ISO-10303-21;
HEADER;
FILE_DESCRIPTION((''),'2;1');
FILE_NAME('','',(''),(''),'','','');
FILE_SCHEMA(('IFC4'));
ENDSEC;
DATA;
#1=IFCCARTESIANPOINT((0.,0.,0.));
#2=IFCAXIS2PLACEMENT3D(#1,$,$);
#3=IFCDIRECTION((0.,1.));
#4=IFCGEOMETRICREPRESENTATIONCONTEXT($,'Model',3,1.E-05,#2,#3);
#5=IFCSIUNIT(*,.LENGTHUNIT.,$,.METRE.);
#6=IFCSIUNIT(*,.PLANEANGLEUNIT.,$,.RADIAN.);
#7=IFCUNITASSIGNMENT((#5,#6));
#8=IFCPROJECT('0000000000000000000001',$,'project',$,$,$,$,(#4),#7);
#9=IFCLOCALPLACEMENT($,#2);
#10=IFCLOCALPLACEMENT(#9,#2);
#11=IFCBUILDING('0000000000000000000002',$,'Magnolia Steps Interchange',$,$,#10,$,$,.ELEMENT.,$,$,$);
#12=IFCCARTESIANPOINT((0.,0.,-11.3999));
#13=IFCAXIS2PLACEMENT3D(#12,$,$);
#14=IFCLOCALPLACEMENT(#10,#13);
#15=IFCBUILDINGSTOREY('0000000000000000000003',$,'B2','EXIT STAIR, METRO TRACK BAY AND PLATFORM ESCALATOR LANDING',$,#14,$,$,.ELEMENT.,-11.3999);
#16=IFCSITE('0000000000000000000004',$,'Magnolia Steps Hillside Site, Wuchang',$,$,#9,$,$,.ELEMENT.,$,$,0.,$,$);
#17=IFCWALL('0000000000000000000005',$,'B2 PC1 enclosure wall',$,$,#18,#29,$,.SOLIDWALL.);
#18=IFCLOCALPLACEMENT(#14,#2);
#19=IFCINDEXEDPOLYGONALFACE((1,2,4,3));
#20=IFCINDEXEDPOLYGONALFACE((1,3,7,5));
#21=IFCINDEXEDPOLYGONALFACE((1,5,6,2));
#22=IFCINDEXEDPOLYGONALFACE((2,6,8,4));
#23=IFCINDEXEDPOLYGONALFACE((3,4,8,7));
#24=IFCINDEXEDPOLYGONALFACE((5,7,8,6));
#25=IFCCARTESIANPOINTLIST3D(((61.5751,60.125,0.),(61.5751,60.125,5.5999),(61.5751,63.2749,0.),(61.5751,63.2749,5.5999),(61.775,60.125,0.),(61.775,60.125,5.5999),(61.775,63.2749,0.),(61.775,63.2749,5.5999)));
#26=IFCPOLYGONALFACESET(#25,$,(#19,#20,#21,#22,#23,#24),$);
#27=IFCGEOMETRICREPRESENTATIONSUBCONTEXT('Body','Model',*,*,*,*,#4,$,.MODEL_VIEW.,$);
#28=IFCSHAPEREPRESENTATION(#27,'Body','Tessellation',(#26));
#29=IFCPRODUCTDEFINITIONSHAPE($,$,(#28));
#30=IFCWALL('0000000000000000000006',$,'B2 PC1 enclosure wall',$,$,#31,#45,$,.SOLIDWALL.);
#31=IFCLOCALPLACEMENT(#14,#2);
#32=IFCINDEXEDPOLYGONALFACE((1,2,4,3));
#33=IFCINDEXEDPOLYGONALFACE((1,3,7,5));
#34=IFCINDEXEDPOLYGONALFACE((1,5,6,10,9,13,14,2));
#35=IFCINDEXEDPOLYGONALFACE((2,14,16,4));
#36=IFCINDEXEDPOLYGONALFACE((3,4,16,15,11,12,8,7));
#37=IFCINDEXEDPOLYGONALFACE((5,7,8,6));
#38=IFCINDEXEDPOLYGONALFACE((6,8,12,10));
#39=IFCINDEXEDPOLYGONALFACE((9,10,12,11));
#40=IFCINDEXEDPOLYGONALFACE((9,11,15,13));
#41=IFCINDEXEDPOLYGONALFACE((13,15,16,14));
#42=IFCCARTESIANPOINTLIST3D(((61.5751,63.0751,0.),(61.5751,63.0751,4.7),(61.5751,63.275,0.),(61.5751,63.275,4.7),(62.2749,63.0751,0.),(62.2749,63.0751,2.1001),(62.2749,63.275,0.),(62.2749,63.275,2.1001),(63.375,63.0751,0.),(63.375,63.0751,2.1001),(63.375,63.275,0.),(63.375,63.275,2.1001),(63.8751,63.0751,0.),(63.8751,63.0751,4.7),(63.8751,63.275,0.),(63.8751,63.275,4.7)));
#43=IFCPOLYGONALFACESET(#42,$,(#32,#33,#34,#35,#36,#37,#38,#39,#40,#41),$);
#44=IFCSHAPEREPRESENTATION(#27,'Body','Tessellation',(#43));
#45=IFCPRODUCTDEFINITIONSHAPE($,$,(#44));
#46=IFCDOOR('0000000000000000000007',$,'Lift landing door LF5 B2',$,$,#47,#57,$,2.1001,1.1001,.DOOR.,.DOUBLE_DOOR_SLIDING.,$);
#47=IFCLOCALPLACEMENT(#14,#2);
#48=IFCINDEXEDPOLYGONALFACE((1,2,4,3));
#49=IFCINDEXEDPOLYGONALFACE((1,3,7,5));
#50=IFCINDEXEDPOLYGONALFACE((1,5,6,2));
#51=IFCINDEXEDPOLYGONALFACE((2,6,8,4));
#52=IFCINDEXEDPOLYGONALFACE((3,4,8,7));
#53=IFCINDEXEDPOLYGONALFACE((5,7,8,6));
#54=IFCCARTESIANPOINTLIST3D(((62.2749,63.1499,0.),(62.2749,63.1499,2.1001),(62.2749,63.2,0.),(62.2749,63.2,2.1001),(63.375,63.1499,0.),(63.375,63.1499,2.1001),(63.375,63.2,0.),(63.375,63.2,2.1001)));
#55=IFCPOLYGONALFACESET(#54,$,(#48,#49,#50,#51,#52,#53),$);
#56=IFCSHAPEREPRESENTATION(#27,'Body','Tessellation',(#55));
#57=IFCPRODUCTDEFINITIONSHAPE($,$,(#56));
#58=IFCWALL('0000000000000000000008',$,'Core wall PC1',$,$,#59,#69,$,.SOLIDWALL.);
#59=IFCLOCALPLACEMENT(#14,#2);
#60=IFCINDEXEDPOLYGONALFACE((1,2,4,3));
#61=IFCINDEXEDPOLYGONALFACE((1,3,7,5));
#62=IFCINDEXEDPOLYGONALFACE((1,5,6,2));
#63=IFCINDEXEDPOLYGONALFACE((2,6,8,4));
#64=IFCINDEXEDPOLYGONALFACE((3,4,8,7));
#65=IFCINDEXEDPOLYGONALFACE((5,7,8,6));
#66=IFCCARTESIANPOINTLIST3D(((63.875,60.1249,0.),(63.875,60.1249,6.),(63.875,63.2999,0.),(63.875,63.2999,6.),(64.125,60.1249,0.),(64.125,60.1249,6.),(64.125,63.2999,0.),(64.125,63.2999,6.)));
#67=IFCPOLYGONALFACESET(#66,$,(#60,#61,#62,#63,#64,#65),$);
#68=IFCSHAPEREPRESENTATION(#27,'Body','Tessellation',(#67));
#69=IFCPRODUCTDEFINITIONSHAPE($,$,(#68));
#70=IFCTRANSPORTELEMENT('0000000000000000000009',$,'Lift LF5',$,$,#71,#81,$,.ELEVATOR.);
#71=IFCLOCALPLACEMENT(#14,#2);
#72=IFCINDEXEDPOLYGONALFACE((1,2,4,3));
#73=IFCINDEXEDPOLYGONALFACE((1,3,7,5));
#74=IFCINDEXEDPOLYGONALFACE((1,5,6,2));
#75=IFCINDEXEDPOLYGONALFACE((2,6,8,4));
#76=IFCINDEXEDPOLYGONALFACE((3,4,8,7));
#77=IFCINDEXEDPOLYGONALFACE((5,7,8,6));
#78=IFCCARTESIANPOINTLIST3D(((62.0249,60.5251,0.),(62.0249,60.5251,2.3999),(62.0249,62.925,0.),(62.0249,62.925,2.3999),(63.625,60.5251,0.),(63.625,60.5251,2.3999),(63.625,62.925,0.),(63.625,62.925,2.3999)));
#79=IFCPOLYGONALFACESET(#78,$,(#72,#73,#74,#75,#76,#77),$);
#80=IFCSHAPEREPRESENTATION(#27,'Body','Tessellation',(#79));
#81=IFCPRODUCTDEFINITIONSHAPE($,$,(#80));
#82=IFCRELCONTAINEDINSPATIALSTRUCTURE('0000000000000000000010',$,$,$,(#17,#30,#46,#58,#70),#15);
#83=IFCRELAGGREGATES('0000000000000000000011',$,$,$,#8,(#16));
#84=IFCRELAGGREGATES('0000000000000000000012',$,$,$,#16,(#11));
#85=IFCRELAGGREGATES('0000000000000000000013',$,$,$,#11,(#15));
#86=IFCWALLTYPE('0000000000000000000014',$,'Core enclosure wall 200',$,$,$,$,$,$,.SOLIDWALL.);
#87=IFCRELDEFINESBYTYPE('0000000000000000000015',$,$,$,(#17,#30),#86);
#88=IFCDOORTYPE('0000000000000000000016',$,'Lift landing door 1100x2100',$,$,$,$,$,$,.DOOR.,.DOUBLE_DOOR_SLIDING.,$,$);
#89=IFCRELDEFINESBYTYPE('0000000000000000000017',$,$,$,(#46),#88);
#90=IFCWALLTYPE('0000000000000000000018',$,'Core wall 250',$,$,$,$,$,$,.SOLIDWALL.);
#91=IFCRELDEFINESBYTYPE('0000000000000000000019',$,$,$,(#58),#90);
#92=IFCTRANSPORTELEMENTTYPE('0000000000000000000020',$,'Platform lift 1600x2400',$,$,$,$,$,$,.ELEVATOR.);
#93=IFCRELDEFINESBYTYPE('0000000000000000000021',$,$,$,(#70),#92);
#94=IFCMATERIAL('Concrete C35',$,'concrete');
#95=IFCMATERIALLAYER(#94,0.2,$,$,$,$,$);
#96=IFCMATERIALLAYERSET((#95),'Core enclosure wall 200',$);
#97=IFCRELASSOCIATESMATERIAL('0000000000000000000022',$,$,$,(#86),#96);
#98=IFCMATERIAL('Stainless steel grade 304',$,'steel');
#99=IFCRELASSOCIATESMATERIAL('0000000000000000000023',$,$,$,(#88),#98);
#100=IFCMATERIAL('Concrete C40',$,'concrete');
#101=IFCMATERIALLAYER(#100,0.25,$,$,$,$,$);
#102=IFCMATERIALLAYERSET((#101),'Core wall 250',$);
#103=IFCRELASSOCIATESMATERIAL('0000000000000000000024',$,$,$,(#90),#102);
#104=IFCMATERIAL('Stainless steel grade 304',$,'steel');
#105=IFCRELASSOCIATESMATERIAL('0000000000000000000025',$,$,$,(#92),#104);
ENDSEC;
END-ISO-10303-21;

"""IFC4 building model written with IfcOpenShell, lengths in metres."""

from ifc_helpers import new_model, si_unit, direction, frame, frame_2d, origin, origin_2d, place, context, subcontext, project, spatial, rectangle, extrude, material, layer, layer_set, type_object, element, fill, save


model = new_model("IFC4")

# Units and contexts
model_context = context("Model", 3, precision=1e-05, world=origin(), true_north=direction((0.0, 1.0)))
body_context = subcontext(model_context, "Body", "Model", "MODEL_VIEW")
ifc_project = project(units=[si_unit("LENGTHUNIT", "METRE"), si_unit("PLANEANGLEUNIT", "RADIAN")], contexts=[model_context])

# Site, building, storey
site_placement = place(None, origin())
site = spatial("IfcSite", under=ifc_project, at=site_placement, Name="Magnolia Steps Hillside Site, Wuchang", CompositionType="ELEMENT", RefElevation=0.0)
building_placement = place(site_placement, origin())
building = spatial("IfcBuilding", under=site, at=building_placement, Name="Magnolia Steps Interchange", CompositionType="ELEMENT")
storey_placement = place(building_placement, frame((0.0, 0.0, -11.3999)))
storey = spatial("IfcBuildingStorey", under=building, at=storey_placement, Name="B2", Description="EXIT STAIR, METRO TRACK BAY AND PLATFORM ESCALATOR LANDING", CompositionType="ELEMENT", Elevation=-11.3999)

# Wall
ifc_material_1 = material(Name="Concrete C35", Category="concrete")
ifc_layer_1 = layer(ifc_material_1, 0.2)
ifc_layer_set_1 = layer_set([ifc_layer_1], Name="Core enclosure wall 200")
wall_type_1 = type_object("IfcWallType", Name="Core enclosure wall 200", PredefinedType="SOLIDWALL", material=ifc_layer_set_1)
wall_1_placement = place(storey_placement, frame((61.675, 60.125, 0.0), z_axis=(0.0, 0.0, 1.0), x_axis=(0.0, 1.0, 0.0)))
element("IfcWall", 1, at=wall_1_placement, inside=storey, type_object=wall_type_1, Name="B2 PC1 enclosure wall", PredefinedType="SOLIDWALL", context=body_context, shape_type="SweptSolid", body=[
    extrude(rectangle(XDim=3.1499, YDim=0.2, at=frame_2d((1.575, 0.0))), origin(), (0.0, 0.0, 1.0), 5.5999),
])

# Wall, opening, door
wall_2_placement = place(storey_placement, frame((63.875, 63.175, 0.0), z_axis=(0.0, 0.0, 1.0), x_axis=(-1.0, 0.0, 0.0)))
wall_2 = element("IfcWall", 2, at=wall_2_placement, inside=storey, type_object=wall_type_1, Name="B2 PC1 enclosure wall", PredefinedType="SOLIDWALL", context=body_context, shape_type="SweptSolid", body=[
    extrude(rectangle(XDim=2.3, YDim=0.2, at=frame_2d((1.1499, 0.0))), origin(), (0.0, 0.0, 1.0), 4.7),
])
opening_placement = place(wall_2_placement, frame((0.5, 0.0, 0.0)))
opening = element("IfcOpeningElement", 3, at=opening_placement, cuts=wall_2, PredefinedType="OPENING", context=body_context, shape_type="SweptSolid", body=[
    extrude(rectangle(XDim=1.1001, YDim=2.1001, at=frame_2d((0.55, 1.05))), frame((0.0, 0.1099, 0.0), z_axis=(0.0, -1.0, 0.0), x_axis=(1.0, 0.0, 0.0)), (0.0, 0.0, 1.0), 0.22),
])
ifc_material_2 = material(Name="Stainless steel grade 304", Category="steel")
door_type = type_object("IfcDoorType", Name="Lift landing door 1100x2100", OperationType="DOUBLE_DOOR_SLIDING", PredefinedType="DOOR", material=ifc_material_2)
door_placement = place(opening_placement, frame((1.1001, 0.0, 0.0), z_axis=(0.0, 0.0, 1.0), x_axis=(-1.0, 0.0, 0.0)))
door = element("IfcDoor", 4, at=door_placement, inside=storey, type_object=door_type, Name="Lift landing door LF5 B2", OperationType="DOUBLE_DOOR_SLIDING", OverallHeight=2.1001, OverallWidth=1.1001, PredefinedType="DOOR", context=body_context, shape_type="SweptSolid", body=[
    extrude(rectangle(XDim=1.1001, YDim=2.1001, at=frame_2d((0.55, 1.05))), frame((0.0, 0.0249, 0.0), z_axis=(0.0, -1.0, 0.0), x_axis=(1.0, 0.0, 0.0)), (0.0, 0.0, 1.0), 0.05),
])
fill(opening, door)

# Wall
ifc_material_3 = material(Name="Concrete C40", Category="concrete")
ifc_layer_2 = layer(ifc_material_3, 0.25)
ifc_layer_set_2 = layer_set([ifc_layer_2], Name="Core wall 250")
wall_type_2 = type_object("IfcWallType", Name="Core wall 250", PredefinedType="SOLIDWALL", material=ifc_layer_set_2)
wall_3_placement = place(storey_placement, frame((64.0, 60.125, 0.0), z_axis=(0.0, 0.0, 1.0), x_axis=(0.0, 1.0, 0.0)))
element("IfcWall", 5, at=wall_3_placement, inside=storey, type_object=wall_type_2, Name="Core wall PC1", PredefinedType="SOLIDWALL", context=body_context, shape_type="SweptSolid", body=[
    extrude(rectangle(XDim=3.175, YDim=0.25, at=frame_2d((1.5874, 0.0))), origin(), (0.0, 0.0, 1.0), 6.0),
])

# Transport element
ifc_material_4 = material(Name="Stainless steel grade 304", Category="steel")
transport_element_type = type_object("IfcTransportElementType", Name="Platform lift 1600x2400", PredefinedType="ELEVATOR", material=ifc_material_4)
transport_element_placement = place(storey_placement, frame((62.825, 61.7251, 0.0), z_axis=(0.0, 0.0, 1.0), x_axis=(0.0, 1.0, 0.0)))
element("IfcTransportElement", 6, at=transport_element_placement, inside=storey, type_object=transport_element_type, Name="Lift LF5", PredefinedType="ELEVATOR", context=body_context, shape_type="SweptSolid", body=[
    extrude(rectangle(XDim=2.3999, YDim=1.6001, at=origin_2d()), origin(), (0.0, 0.0, 1.0), 2.3999),
])

save(model, "model.ifc")
